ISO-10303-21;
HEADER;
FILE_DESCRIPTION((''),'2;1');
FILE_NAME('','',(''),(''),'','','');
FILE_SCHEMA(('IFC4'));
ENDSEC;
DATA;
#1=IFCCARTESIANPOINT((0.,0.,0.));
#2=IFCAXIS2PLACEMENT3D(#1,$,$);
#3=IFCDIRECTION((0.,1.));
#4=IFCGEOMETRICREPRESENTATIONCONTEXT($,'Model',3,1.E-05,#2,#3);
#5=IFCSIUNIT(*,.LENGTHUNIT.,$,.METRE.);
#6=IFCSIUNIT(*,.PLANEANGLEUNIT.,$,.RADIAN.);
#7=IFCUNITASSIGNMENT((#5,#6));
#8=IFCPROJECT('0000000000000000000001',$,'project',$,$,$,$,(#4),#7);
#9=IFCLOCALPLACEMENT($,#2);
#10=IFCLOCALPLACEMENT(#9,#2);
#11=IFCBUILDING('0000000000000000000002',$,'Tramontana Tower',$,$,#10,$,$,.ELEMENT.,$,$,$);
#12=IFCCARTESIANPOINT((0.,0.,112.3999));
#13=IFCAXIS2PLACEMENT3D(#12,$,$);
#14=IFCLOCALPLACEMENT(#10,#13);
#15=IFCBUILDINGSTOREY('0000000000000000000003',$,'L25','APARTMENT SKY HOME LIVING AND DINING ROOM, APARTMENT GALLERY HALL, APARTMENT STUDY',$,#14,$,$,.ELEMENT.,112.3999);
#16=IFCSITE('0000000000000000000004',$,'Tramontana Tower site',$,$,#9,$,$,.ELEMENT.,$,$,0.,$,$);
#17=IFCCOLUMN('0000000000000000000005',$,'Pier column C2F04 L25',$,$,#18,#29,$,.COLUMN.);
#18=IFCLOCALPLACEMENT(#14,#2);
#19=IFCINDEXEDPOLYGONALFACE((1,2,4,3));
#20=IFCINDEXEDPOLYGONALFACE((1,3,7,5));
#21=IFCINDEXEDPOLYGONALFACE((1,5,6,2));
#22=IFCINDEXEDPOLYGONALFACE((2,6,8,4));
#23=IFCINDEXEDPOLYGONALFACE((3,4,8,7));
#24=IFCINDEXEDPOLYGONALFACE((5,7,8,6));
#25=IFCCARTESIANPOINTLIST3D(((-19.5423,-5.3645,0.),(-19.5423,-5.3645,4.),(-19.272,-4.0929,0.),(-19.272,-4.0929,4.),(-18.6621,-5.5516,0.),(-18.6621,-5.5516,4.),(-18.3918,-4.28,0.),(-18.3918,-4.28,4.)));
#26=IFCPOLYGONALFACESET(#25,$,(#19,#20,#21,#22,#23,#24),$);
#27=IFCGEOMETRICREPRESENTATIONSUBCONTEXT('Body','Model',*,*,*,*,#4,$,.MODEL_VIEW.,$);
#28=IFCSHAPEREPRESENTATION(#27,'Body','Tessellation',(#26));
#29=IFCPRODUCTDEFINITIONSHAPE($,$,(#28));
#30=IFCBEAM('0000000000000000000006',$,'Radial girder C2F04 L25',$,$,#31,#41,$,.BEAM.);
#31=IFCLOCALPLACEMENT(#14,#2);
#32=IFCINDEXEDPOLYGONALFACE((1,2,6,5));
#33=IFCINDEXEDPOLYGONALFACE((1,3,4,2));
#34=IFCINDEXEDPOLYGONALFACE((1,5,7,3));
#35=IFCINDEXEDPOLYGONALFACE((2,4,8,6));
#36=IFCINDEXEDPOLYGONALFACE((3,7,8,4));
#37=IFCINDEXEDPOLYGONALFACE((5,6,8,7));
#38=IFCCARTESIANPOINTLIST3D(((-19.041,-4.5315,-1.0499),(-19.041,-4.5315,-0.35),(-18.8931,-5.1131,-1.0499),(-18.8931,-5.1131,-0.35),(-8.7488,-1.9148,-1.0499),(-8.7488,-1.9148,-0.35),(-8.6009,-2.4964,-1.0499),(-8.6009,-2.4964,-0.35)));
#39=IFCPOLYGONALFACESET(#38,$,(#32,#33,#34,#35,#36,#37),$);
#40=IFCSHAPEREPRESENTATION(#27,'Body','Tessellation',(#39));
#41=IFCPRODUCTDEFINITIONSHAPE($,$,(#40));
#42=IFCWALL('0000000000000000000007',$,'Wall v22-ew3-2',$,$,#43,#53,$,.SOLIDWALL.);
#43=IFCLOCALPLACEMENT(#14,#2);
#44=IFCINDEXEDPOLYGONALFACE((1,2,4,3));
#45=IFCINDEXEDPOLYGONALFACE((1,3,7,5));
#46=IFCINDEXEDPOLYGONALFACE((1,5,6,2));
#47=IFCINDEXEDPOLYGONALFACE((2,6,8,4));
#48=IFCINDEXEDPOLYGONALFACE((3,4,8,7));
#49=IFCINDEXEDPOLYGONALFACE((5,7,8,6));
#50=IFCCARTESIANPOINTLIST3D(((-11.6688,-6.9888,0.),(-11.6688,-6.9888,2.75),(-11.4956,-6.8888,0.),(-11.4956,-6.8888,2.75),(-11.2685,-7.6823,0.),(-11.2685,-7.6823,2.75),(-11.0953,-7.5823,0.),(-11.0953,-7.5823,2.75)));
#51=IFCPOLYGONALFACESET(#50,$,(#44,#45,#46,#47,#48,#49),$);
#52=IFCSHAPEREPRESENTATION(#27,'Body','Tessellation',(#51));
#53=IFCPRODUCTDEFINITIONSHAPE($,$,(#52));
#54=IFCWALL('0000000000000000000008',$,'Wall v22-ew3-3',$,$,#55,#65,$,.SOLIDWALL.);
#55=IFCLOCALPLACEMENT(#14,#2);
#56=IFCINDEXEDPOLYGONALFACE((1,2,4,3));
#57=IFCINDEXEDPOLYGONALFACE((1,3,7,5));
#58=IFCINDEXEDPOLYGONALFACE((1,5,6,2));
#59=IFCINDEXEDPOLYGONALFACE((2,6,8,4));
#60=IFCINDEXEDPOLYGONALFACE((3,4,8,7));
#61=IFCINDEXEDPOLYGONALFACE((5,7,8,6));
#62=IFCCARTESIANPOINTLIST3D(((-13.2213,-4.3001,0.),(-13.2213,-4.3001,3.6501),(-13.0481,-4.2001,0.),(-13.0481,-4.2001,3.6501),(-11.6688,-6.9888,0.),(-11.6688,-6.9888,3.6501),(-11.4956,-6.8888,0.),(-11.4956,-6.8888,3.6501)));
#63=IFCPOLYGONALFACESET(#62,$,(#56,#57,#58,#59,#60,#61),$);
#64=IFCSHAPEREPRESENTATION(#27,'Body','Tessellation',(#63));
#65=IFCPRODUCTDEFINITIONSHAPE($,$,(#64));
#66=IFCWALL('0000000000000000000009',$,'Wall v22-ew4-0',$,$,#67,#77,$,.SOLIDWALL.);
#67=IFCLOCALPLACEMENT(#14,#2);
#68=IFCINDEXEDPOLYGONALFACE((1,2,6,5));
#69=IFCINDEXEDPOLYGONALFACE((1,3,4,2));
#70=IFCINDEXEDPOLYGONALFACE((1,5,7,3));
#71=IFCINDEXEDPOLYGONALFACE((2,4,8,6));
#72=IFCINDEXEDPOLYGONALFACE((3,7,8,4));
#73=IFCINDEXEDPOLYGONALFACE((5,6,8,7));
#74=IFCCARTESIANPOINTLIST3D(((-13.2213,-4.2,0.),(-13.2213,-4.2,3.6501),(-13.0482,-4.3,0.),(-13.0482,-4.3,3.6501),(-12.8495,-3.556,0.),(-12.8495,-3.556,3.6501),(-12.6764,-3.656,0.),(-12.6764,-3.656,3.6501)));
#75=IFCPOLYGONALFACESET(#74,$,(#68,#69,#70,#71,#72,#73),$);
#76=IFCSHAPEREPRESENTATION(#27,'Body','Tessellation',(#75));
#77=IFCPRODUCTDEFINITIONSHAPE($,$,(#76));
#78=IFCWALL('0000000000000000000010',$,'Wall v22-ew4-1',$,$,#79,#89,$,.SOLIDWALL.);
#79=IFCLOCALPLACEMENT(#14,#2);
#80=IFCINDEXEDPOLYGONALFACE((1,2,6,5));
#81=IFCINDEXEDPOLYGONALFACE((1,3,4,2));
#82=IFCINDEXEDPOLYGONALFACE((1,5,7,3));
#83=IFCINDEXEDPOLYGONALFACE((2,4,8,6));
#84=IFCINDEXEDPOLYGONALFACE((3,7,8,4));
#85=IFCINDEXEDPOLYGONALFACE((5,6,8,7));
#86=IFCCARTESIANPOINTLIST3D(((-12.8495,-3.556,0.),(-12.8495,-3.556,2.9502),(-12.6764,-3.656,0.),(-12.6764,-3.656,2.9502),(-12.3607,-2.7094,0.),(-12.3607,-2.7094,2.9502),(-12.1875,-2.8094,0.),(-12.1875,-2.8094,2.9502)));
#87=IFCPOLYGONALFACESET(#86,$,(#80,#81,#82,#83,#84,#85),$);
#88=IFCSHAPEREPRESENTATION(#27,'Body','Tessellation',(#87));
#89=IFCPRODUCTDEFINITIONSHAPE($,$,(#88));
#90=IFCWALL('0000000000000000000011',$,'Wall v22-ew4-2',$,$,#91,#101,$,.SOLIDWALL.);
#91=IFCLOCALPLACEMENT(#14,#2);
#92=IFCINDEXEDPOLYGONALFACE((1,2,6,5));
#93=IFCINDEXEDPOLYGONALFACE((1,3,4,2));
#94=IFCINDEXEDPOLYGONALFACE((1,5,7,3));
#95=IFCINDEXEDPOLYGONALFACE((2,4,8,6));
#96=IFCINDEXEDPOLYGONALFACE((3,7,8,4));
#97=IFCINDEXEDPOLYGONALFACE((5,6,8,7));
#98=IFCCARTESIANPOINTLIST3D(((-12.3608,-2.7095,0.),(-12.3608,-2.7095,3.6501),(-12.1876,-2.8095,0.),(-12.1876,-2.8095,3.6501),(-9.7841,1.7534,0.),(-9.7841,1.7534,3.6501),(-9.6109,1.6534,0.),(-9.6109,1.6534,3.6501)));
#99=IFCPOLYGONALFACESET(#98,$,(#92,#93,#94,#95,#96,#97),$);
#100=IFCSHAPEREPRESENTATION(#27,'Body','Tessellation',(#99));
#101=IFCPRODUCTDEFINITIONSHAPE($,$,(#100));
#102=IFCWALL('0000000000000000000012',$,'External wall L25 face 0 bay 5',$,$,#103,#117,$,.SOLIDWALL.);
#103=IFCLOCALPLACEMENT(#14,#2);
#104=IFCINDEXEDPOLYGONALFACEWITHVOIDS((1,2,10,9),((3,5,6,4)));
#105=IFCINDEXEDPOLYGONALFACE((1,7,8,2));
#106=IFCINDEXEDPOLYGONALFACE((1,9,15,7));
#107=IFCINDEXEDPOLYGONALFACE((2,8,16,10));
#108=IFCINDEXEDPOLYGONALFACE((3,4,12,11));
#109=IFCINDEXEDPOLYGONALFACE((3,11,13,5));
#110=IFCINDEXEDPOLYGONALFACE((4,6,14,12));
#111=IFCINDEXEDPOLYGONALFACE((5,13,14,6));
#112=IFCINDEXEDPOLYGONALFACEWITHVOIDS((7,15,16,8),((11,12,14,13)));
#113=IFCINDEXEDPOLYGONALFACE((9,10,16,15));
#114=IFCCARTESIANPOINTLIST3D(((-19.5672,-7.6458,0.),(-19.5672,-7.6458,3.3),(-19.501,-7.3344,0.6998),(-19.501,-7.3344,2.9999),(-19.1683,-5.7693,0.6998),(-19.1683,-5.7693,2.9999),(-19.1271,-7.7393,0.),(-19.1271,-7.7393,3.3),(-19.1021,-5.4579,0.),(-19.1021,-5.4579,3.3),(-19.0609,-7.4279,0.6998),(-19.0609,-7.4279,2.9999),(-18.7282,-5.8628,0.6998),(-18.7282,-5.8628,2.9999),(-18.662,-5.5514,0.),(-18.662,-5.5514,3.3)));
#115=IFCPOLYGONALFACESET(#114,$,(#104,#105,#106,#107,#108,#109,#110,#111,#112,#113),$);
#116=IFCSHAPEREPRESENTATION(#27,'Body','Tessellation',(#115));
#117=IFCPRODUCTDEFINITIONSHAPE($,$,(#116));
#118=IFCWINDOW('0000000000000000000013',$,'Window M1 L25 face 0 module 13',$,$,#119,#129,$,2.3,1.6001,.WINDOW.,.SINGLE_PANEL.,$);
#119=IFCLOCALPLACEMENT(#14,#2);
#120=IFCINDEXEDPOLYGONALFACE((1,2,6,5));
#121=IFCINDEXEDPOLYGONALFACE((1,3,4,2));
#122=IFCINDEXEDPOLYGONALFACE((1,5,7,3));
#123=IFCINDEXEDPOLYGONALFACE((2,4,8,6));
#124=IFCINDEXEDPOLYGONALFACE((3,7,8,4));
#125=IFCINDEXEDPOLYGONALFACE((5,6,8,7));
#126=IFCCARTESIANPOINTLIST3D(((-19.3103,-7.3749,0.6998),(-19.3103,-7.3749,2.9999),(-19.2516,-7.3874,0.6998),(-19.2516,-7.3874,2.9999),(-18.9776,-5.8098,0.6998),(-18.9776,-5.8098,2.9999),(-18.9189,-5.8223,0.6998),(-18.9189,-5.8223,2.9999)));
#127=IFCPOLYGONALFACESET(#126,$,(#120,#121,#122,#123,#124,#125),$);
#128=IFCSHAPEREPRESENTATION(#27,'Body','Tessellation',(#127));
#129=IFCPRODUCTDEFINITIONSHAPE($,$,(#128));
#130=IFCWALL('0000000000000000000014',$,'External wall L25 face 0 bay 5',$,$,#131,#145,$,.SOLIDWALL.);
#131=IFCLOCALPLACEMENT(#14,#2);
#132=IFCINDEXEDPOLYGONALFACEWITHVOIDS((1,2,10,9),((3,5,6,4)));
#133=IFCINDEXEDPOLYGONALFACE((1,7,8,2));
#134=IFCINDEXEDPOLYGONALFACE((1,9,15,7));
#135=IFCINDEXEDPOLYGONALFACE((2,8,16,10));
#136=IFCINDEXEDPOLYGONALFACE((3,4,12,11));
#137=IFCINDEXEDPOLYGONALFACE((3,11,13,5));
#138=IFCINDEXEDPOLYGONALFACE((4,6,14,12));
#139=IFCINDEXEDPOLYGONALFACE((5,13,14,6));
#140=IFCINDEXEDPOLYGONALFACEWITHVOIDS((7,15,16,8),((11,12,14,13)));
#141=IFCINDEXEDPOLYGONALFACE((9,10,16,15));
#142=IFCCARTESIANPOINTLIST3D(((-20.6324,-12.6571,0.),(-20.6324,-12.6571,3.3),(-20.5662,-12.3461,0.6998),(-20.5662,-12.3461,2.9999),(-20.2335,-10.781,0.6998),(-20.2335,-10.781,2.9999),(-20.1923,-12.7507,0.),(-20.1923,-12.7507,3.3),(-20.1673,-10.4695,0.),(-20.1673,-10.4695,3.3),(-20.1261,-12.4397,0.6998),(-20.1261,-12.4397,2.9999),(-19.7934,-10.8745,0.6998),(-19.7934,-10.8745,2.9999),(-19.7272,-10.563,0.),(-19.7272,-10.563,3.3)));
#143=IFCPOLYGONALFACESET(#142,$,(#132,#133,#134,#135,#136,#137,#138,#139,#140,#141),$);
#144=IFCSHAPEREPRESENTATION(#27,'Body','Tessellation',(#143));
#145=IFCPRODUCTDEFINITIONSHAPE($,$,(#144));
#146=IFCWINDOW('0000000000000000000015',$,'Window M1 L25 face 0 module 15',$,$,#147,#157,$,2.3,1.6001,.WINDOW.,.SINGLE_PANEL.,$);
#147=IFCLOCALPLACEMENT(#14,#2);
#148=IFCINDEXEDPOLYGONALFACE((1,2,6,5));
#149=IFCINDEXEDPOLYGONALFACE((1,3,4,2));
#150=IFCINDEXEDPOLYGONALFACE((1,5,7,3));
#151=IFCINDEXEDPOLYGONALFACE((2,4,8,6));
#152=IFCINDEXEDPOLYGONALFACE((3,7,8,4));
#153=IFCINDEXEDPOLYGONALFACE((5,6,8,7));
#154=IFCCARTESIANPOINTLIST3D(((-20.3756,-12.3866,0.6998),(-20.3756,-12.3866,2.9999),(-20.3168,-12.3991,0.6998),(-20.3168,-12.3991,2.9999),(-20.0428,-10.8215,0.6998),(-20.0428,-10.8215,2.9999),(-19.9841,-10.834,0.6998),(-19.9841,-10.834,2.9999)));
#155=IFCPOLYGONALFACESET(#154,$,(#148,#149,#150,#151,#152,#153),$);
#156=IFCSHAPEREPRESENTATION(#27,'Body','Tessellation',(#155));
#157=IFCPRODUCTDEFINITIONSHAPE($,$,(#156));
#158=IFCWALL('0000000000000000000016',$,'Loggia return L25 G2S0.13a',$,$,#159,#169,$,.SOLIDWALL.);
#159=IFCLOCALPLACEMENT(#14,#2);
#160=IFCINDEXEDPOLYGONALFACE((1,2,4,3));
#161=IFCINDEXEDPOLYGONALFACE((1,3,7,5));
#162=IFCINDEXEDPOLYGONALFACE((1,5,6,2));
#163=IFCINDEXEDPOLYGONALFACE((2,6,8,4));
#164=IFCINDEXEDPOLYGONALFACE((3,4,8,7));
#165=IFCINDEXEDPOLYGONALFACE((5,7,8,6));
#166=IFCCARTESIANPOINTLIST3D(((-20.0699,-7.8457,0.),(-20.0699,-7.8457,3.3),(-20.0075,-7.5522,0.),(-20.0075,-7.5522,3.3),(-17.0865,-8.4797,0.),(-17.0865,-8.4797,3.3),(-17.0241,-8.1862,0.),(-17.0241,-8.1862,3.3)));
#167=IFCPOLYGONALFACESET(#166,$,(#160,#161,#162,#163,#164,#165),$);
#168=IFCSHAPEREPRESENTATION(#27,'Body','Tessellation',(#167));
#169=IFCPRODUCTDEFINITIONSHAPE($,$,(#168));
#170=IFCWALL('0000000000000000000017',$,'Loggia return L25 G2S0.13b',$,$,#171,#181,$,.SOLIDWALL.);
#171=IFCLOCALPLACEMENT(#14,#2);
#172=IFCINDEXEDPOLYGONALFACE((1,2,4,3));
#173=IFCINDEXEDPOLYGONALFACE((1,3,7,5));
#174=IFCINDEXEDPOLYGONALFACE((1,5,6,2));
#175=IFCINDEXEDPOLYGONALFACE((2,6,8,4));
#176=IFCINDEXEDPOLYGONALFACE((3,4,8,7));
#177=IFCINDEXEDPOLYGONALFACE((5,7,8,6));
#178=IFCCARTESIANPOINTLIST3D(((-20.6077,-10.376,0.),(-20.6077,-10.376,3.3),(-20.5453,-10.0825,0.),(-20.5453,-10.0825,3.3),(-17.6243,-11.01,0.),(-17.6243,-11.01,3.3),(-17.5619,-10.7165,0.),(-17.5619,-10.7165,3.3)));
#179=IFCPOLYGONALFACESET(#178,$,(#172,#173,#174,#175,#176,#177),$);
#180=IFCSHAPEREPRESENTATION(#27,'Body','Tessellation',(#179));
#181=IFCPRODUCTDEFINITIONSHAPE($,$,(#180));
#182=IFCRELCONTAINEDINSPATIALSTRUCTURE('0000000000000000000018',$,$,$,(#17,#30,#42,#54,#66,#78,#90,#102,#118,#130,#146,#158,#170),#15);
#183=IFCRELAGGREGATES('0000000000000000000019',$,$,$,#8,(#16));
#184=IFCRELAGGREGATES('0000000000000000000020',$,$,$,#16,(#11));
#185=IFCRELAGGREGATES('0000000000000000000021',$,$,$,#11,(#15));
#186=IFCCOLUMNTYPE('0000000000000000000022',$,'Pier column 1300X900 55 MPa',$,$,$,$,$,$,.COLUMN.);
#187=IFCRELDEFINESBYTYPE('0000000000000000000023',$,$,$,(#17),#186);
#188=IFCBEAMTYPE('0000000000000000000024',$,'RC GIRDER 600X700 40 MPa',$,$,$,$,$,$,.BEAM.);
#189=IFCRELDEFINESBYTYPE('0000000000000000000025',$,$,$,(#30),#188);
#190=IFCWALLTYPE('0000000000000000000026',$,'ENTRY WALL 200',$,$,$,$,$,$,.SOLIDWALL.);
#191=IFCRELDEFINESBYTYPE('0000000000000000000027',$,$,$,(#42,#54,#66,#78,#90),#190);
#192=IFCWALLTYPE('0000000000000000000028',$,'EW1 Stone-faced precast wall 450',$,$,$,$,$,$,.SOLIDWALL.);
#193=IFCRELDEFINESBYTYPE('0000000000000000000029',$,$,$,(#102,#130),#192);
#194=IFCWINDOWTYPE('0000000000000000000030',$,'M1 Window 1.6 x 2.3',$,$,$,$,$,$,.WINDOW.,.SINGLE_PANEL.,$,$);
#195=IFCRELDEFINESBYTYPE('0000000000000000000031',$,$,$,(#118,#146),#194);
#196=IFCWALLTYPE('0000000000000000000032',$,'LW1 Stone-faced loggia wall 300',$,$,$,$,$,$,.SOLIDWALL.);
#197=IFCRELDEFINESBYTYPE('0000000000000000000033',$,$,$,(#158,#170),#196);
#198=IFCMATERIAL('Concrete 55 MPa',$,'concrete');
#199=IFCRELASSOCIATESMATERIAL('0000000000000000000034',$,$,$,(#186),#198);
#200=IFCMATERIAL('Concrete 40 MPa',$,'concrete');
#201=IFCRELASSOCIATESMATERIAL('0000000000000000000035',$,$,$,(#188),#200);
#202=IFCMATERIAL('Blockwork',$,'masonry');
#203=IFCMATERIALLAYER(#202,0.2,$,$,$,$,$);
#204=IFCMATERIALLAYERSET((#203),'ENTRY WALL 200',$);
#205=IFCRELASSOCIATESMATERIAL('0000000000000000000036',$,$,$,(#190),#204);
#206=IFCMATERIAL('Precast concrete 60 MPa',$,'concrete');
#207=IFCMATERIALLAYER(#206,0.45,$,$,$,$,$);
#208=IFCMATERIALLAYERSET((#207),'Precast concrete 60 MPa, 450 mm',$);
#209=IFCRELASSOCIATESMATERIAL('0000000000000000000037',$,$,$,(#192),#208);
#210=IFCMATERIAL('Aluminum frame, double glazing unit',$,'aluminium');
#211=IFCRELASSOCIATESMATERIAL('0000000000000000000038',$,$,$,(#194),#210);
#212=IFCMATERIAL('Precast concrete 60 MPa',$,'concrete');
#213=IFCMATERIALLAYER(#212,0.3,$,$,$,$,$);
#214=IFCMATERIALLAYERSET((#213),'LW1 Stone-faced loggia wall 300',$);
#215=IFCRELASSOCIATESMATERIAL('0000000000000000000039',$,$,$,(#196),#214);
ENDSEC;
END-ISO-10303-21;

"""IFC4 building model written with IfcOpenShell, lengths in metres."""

from ifc_helpers import new_model, si_unit, direction, frame, frame_2d, origin, origin_2d, place, context, subcontext, project, spatial, rectangle, extrude, material, layer, layer_set, material_profile, profile_set, type_object, element, fill, save


model = new_model("IFC4")

# Units and contexts
model_context = context("Model", 3, precision=1e-05, world=origin(), true_north=direction((0.0, 1.0)))
body_context = subcontext(model_context, "Body", "Model", "MODEL_VIEW")
ifc_project = project(units=[si_unit("LENGTHUNIT", "METRE"), si_unit("PLANEANGLEUNIT", "RADIAN")], contexts=[model_context])

# Site, building, storey
site_placement = place(None, origin())
site = spatial("IfcSite", under=ifc_project, at=site_placement, Name="Tramontana Tower site", CompositionType="ELEMENT", RefElevation=0.0)
building_placement = place(site_placement, origin())
building = spatial("IfcBuilding", under=site, at=building_placement, Name="Tramontana Tower", CompositionType="ELEMENT")
storey_placement = place(building_placement, frame((0.0, 0.0, 112.3999)))
storey = spatial("IfcBuildingStorey", under=building, at=storey_placement, Name="L25", Description="APARTMENT SKY HOME LIVING AND DINING ROOM, APARTMENT GALLERY HALL, APARTMENT STUDY", CompositionType="ELEMENT", Elevation=112.3999)

# Column
ifc_material_1 = material(Name="Concrete 55 MPa", Category="concrete")
ifc_material_profile_1 = material_profile(ifc_material_1, rectangle(XDim=1.3, YDim=0.8999, at=origin_2d()), Name="Pier column 1300X900 55 MPa")
ifc_profile_set_1 = profile_set([ifc_material_profile_1], Name="Concrete 55 MPa")
column_type = type_object("IfcColumnType", Name="Pier column 1300X900 55 MPa", PredefinedType="COLUMN", material=ifc_profile_set_1)
column_placement = place(storey_placement, frame((-18.967, -4.8223, 0.0), z_axis=(0.0, 0.0, 1.0), x_axis=(-0.207912, -0.978148, 0.0)))
element("IfcColumn", 1, at=column_placement, inside=storey, type_object=column_type, Name="Pier column C2F04 L25", PredefinedType="COLUMN", context=body_context, shape_type="SweptSolid", body=[
    extrude(rectangle(XDim=1.3, YDim=0.8999, at=origin_2d()), origin(), (0.0, 0.0, 1.0), 4.0),
])

# Beam
ifc_material_2 = material(Name="Concrete 40 MPa", Category="concrete")
ifc_material_profile_2 = material_profile(ifc_material_2, rectangle(XDim=0.6001, YDim=0.7, at=origin_2d()), Name="RC GIRDER 600X700 40 MPa")
ifc_profile_set_2 = profile_set([ifc_material_profile_2], Name="Concrete 40 MPa")
beam_type = type_object("IfcBeamType", Name="RC GIRDER 600X700 40 MPa", PredefinedType="BEAM", material=ifc_profile_set_2)
beam_placement = place(storey_placement, frame((-18.967, -4.8223, -0.7), z_axis=(0.969168, 0.246401, 0.0), x_axis=(-0.246401, 0.969168, 0.0)))
element("IfcBeam", 2, at=beam_placement, inside=storey, type_object=beam_type, Name="Radial girder C2F04 L25", PredefinedType="BEAM", context=body_context, shape_type="SweptSolid", body=[
    extrude(rectangle(XDim=0.6001, YDim=0.7, at=origin_2d()), origin(), (0.0, 0.0, 1.0), 10.6196),
])

# Walls
ifc_material_3 = material(Name="Blockwork", Category="masonry")
ifc_layer_1 = layer(ifc_material_3, 0.2)
ifc_layer_set_1 = layer_set([ifc_layer_1], Name="ENTRY WALL 200")
wall_type_1 = type_object("IfcWallType", Name="ENTRY WALL 200", PredefinedType="SOLIDWALL", material=ifc_layer_set_1)
wall_1_placement = place(storey_placement, frame((-11.1819, -7.6323, 0.0), z_axis=(0.0, 0.0, 1.0), x_axis=(-0.499942, 0.866059, 0.0)))
element("IfcWall", 3, at=wall_1_placement, inside=storey, type_object=wall_type_1, Name="Wall v22-ew3-2", PredefinedType="SOLIDWALL", context=body_context, shape_type="SweptSolid", body=[
    extrude(rectangle(XDim=0.8008, YDim=0.2, at=frame_2d((0.4004, 0.0))), origin(), (0.0, 0.0, 1.0), 2.75),
])
wall_2_placement = place(storey_placement, frame((-11.5823, -6.9387, 0.0), z_axis=(0.0, 0.0, 1.0), x_axis=(-0.500038, 0.866004, 0.0)))
element("IfcWall", 4, at=wall_2_placement, inside=storey, type_object=wall_type_1, Name="Wall v22-ew3-3", PredefinedType="SOLIDWALL", context=body_context, shape_type="SweptSolid", body=[
    extrude(rectangle(XDim=3.1047, YDim=0.2, at=frame_2d((1.5522, 0.0))), origin(), (0.0, 0.0, 1.0), 3.6501),
])
wall_3_placement = place(storey_placement, frame((-13.1348, -4.25, 0.0), z_axis=(0.0, 0.0, 1.0), x_axis=(0.499988, 0.866033, 0.0)))
element("IfcWall", 5, at=wall_3_placement, inside=storey, type_object=wall_type_1, Name="Wall v22-ew4-0", PredefinedType="SOLIDWALL", context=body_context, shape_type="SweptSolid", body=[
    extrude(rectangle(XDim=0.7437, YDim=0.2, at=frame_2d((0.3718, 0.0))), origin(), (0.0, 0.0, 1.0), 3.6501),
])
wall_4_placement = place(storey_placement, frame((-12.7629, -3.606, 0.0), z_axis=(0.0, 0.0, 1.0), x_axis=(0.500061, 0.86599, 0.0)))
element("IfcWall", 6, at=wall_4_placement, inside=storey, type_object=wall_type_1, Name="Wall v22-ew4-1", PredefinedType="SOLIDWALL", context=body_context, shape_type="SweptSolid", body=[
    extrude(rectangle(XDim=0.9775, YDim=0.2, at=frame_2d((0.4888, 0.0))), origin(), (0.0, 0.0, 1.0), 2.9502),
])
wall_5_placement = place(storey_placement, frame((-12.2742, -2.7595, 0.0), z_axis=(0.0, 0.0, 1.0), x_axis=(0.500001, 0.866025, 0.0)))
element("IfcWall", 7, at=wall_5_placement, inside=storey, type_object=wall_type_1, Name="Wall v22-ew4-2", PredefinedType="SOLIDWALL", context=body_context, shape_type="SweptSolid", body=[
    extrude(rectangle(XDim=5.1533, YDim=0.2, at=frame_2d((2.5767, 0.0))), origin(), (0.0, 0.0, 1.0), 3.6501),
])

# Walls, openings, windows
ifc_material_4 = material(Name="Precast concrete 60 MPa", Category="concrete")
ifc_layer_2 = layer(ifc_material_4, 0.45)
ifc_layer_set_2 = layer_set([ifc_layer_2], Name="Precast concrete 60 MPa, 450 mm")
wall_type_2 = type_object("IfcWallType", Name="EW1 Stone-faced precast wall 450", PredefinedType="SOLIDWALL", material=ifc_layer_set_2)
wall_6_placement = place(storey_placement, frame((-18.8821, -5.5046, 0.0), z_axis=(0.0, 0.0, 1.0), x_axis=(-0.207919, -0.978146, 0.0)))
wall_6 = element("IfcWall", 8, at=wall_6_placement, inside=storey, type_object=wall_type_2, Name="External wall L25 face 0 bay 5", PredefinedType="SOLIDWALL", context=body_context, shape_type="SweptSolid", body=[
    extrude(rectangle(XDim=2.2368, YDim=0.45, at=frame_2d((1.1184, 0.0))), origin(), (0.0, 0.0, 1.0), 3.3),
])
opening_1_placement = place(wall_6_placement, frame((0.3184, 0.0, 0.7)))
opening_1 = element("IfcOpeningElement", 9, at=opening_1_placement, cuts=wall_6, PredefinedType="OPENING", context=body_context, shape_type="SweptSolid", body=[
    extrude(rectangle(XDim=1.6001, YDim=2.3, at=frame_2d((0.8, 1.1499))), frame((0.0, 0.2349, 0.0), z_axis=(0.0, -1.0, 0.0), x_axis=(1.0, 0.0, 0.0)), (0.0, 0.0, 1.0), 0.47),
])
ifc_material_5 = material(Name="Aluminum frame, double glazing unit", Category="aluminium")
window_type = type_object("IfcWindowType", Name="M1 Window 1.6 x 2.3", PartitioningType="SINGLE_PANEL", PredefinedType="WINDOW", material=ifc_material_5)
window_1_placement = place(opening_1_placement, origin())
window_1 = element("IfcWindow", 10, at=window_1_placement, inside=storey, type_object=window_type, Name="Window M1 L25 face 0 module 13", OverallHeight=2.3, OverallWidth=1.6001, PartitioningType="SINGLE_PANEL", PredefinedType="WINDOW", context=body_context, shape_type="SweptSolid", body=[
    extrude(rectangle(XDim=1.6001, YDim=2.3, at=frame_2d((0.8, 1.1499))), frame((0.0, 0.03, 0.0), z_axis=(0.0, -1.0, 0.0), x_axis=(1.0, 0.0, 0.0)), (0.0, 0.0, 1.0), 0.0601),
])
fill(opening_1, window_1)
wall_7_placement = place(storey_placement, frame((-19.9473, -10.5164, 0.0), z_axis=(0.0, 0.0, 1.0), x_axis=(-0.207941, -0.978141, 0.0)))
wall_7 = element("IfcWall", 11, at=wall_7_placement, inside=storey, type_object=wall_type_2, Name="External wall L25 face 0 bay 5", PredefinedType="SOLIDWALL", context=body_context, shape_type="SweptSolid", body=[
    extrude(rectangle(XDim=2.2366, YDim=0.45, at=frame_2d((1.1182, 0.0))), origin(), (0.0, 0.0, 1.0), 3.3),
])
opening_2_placement = place(wall_7_placement, frame((0.3184, 0.0, 0.7)))
opening_2 = element("IfcOpeningElement", 12, at=opening_2_placement, cuts=wall_7, PredefinedType="OPENING", context=body_context, shape_type="SweptSolid", body=[
    extrude(rectangle(XDim=1.6001, YDim=2.3, at=frame_2d((0.8, 1.1499))), frame((0.0, 0.2349, 0.0), z_axis=(0.0, -1.0, 0.0), x_axis=(1.0, 0.0, 0.0)), (0.0, 0.0, 1.0), 0.47),
])
window_2_placement = place(opening_2_placement, origin())
window_2 = element("IfcWindow", 13, at=window_2_placement, inside=storey, type_object=window_type, Name="Window M1 L25 face 0 module 15", OverallHeight=2.3, OverallWidth=1.6001, PartitioningType="SINGLE_PANEL", PredefinedType="WINDOW", context=body_context, shape_type="SweptSolid", body=[
    extrude(rectangle(XDim=1.6001, YDim=2.3, at=frame_2d((0.8, 1.1499))), frame((0.0, 0.03, 0.0), z_axis=(0.0, -1.0, 0.0), x_axis=(1.0, 0.0, 0.0)), (0.0, 0.0, 1.0), 0.0601),
])
fill(opening_2, window_2)

# Shared definitions
ifc_material_6 = material(Name="Precast concrete 60 MPa", Category="concrete")
ifc_layer_3 = layer(ifc_material_6, 0.3)
ifc_layer_set_3 = layer_set([ifc_layer_3], Name="LW1 Stone-faced loggia wall 300")
wall_type_3 = type_object("IfcWallType", Name="LW1 Stone-faced loggia wall 300", PredefinedType="SOLIDWALL", material=ifc_layer_set_3)

# Walls
for number, where, z_axis, x_axis, name in (
    (14, (-20.0386, -7.699, 0.0), (0.0, 0.0, 1.0), (0.978155, -0.207878, 0.0), "Loggia return L25 G2S0.13a"),
    (15, (-20.5764, -10.2292, 0.0), (0.0, 0.0, 1.0), (0.978155, -0.207878, 0.0), "Loggia return L25 G2S0.13b"),
):
    element("IfcWall", number, at=place(storey_placement, frame(where, z_axis=z_axis, x_axis=x_axis)), inside=storey, type_object=wall_type_3, Name=name, PredefinedType="SOLIDWALL", context=body_context, shape_type="SweptSolid", body=[
        extrude(rectangle(XDim=3.05, YDim=0.3, at=frame_2d((1.5249, 0.0))), origin(), (0.0, 0.0, 1.0), 3.3),
    ])

save(model, "model.ifc")
